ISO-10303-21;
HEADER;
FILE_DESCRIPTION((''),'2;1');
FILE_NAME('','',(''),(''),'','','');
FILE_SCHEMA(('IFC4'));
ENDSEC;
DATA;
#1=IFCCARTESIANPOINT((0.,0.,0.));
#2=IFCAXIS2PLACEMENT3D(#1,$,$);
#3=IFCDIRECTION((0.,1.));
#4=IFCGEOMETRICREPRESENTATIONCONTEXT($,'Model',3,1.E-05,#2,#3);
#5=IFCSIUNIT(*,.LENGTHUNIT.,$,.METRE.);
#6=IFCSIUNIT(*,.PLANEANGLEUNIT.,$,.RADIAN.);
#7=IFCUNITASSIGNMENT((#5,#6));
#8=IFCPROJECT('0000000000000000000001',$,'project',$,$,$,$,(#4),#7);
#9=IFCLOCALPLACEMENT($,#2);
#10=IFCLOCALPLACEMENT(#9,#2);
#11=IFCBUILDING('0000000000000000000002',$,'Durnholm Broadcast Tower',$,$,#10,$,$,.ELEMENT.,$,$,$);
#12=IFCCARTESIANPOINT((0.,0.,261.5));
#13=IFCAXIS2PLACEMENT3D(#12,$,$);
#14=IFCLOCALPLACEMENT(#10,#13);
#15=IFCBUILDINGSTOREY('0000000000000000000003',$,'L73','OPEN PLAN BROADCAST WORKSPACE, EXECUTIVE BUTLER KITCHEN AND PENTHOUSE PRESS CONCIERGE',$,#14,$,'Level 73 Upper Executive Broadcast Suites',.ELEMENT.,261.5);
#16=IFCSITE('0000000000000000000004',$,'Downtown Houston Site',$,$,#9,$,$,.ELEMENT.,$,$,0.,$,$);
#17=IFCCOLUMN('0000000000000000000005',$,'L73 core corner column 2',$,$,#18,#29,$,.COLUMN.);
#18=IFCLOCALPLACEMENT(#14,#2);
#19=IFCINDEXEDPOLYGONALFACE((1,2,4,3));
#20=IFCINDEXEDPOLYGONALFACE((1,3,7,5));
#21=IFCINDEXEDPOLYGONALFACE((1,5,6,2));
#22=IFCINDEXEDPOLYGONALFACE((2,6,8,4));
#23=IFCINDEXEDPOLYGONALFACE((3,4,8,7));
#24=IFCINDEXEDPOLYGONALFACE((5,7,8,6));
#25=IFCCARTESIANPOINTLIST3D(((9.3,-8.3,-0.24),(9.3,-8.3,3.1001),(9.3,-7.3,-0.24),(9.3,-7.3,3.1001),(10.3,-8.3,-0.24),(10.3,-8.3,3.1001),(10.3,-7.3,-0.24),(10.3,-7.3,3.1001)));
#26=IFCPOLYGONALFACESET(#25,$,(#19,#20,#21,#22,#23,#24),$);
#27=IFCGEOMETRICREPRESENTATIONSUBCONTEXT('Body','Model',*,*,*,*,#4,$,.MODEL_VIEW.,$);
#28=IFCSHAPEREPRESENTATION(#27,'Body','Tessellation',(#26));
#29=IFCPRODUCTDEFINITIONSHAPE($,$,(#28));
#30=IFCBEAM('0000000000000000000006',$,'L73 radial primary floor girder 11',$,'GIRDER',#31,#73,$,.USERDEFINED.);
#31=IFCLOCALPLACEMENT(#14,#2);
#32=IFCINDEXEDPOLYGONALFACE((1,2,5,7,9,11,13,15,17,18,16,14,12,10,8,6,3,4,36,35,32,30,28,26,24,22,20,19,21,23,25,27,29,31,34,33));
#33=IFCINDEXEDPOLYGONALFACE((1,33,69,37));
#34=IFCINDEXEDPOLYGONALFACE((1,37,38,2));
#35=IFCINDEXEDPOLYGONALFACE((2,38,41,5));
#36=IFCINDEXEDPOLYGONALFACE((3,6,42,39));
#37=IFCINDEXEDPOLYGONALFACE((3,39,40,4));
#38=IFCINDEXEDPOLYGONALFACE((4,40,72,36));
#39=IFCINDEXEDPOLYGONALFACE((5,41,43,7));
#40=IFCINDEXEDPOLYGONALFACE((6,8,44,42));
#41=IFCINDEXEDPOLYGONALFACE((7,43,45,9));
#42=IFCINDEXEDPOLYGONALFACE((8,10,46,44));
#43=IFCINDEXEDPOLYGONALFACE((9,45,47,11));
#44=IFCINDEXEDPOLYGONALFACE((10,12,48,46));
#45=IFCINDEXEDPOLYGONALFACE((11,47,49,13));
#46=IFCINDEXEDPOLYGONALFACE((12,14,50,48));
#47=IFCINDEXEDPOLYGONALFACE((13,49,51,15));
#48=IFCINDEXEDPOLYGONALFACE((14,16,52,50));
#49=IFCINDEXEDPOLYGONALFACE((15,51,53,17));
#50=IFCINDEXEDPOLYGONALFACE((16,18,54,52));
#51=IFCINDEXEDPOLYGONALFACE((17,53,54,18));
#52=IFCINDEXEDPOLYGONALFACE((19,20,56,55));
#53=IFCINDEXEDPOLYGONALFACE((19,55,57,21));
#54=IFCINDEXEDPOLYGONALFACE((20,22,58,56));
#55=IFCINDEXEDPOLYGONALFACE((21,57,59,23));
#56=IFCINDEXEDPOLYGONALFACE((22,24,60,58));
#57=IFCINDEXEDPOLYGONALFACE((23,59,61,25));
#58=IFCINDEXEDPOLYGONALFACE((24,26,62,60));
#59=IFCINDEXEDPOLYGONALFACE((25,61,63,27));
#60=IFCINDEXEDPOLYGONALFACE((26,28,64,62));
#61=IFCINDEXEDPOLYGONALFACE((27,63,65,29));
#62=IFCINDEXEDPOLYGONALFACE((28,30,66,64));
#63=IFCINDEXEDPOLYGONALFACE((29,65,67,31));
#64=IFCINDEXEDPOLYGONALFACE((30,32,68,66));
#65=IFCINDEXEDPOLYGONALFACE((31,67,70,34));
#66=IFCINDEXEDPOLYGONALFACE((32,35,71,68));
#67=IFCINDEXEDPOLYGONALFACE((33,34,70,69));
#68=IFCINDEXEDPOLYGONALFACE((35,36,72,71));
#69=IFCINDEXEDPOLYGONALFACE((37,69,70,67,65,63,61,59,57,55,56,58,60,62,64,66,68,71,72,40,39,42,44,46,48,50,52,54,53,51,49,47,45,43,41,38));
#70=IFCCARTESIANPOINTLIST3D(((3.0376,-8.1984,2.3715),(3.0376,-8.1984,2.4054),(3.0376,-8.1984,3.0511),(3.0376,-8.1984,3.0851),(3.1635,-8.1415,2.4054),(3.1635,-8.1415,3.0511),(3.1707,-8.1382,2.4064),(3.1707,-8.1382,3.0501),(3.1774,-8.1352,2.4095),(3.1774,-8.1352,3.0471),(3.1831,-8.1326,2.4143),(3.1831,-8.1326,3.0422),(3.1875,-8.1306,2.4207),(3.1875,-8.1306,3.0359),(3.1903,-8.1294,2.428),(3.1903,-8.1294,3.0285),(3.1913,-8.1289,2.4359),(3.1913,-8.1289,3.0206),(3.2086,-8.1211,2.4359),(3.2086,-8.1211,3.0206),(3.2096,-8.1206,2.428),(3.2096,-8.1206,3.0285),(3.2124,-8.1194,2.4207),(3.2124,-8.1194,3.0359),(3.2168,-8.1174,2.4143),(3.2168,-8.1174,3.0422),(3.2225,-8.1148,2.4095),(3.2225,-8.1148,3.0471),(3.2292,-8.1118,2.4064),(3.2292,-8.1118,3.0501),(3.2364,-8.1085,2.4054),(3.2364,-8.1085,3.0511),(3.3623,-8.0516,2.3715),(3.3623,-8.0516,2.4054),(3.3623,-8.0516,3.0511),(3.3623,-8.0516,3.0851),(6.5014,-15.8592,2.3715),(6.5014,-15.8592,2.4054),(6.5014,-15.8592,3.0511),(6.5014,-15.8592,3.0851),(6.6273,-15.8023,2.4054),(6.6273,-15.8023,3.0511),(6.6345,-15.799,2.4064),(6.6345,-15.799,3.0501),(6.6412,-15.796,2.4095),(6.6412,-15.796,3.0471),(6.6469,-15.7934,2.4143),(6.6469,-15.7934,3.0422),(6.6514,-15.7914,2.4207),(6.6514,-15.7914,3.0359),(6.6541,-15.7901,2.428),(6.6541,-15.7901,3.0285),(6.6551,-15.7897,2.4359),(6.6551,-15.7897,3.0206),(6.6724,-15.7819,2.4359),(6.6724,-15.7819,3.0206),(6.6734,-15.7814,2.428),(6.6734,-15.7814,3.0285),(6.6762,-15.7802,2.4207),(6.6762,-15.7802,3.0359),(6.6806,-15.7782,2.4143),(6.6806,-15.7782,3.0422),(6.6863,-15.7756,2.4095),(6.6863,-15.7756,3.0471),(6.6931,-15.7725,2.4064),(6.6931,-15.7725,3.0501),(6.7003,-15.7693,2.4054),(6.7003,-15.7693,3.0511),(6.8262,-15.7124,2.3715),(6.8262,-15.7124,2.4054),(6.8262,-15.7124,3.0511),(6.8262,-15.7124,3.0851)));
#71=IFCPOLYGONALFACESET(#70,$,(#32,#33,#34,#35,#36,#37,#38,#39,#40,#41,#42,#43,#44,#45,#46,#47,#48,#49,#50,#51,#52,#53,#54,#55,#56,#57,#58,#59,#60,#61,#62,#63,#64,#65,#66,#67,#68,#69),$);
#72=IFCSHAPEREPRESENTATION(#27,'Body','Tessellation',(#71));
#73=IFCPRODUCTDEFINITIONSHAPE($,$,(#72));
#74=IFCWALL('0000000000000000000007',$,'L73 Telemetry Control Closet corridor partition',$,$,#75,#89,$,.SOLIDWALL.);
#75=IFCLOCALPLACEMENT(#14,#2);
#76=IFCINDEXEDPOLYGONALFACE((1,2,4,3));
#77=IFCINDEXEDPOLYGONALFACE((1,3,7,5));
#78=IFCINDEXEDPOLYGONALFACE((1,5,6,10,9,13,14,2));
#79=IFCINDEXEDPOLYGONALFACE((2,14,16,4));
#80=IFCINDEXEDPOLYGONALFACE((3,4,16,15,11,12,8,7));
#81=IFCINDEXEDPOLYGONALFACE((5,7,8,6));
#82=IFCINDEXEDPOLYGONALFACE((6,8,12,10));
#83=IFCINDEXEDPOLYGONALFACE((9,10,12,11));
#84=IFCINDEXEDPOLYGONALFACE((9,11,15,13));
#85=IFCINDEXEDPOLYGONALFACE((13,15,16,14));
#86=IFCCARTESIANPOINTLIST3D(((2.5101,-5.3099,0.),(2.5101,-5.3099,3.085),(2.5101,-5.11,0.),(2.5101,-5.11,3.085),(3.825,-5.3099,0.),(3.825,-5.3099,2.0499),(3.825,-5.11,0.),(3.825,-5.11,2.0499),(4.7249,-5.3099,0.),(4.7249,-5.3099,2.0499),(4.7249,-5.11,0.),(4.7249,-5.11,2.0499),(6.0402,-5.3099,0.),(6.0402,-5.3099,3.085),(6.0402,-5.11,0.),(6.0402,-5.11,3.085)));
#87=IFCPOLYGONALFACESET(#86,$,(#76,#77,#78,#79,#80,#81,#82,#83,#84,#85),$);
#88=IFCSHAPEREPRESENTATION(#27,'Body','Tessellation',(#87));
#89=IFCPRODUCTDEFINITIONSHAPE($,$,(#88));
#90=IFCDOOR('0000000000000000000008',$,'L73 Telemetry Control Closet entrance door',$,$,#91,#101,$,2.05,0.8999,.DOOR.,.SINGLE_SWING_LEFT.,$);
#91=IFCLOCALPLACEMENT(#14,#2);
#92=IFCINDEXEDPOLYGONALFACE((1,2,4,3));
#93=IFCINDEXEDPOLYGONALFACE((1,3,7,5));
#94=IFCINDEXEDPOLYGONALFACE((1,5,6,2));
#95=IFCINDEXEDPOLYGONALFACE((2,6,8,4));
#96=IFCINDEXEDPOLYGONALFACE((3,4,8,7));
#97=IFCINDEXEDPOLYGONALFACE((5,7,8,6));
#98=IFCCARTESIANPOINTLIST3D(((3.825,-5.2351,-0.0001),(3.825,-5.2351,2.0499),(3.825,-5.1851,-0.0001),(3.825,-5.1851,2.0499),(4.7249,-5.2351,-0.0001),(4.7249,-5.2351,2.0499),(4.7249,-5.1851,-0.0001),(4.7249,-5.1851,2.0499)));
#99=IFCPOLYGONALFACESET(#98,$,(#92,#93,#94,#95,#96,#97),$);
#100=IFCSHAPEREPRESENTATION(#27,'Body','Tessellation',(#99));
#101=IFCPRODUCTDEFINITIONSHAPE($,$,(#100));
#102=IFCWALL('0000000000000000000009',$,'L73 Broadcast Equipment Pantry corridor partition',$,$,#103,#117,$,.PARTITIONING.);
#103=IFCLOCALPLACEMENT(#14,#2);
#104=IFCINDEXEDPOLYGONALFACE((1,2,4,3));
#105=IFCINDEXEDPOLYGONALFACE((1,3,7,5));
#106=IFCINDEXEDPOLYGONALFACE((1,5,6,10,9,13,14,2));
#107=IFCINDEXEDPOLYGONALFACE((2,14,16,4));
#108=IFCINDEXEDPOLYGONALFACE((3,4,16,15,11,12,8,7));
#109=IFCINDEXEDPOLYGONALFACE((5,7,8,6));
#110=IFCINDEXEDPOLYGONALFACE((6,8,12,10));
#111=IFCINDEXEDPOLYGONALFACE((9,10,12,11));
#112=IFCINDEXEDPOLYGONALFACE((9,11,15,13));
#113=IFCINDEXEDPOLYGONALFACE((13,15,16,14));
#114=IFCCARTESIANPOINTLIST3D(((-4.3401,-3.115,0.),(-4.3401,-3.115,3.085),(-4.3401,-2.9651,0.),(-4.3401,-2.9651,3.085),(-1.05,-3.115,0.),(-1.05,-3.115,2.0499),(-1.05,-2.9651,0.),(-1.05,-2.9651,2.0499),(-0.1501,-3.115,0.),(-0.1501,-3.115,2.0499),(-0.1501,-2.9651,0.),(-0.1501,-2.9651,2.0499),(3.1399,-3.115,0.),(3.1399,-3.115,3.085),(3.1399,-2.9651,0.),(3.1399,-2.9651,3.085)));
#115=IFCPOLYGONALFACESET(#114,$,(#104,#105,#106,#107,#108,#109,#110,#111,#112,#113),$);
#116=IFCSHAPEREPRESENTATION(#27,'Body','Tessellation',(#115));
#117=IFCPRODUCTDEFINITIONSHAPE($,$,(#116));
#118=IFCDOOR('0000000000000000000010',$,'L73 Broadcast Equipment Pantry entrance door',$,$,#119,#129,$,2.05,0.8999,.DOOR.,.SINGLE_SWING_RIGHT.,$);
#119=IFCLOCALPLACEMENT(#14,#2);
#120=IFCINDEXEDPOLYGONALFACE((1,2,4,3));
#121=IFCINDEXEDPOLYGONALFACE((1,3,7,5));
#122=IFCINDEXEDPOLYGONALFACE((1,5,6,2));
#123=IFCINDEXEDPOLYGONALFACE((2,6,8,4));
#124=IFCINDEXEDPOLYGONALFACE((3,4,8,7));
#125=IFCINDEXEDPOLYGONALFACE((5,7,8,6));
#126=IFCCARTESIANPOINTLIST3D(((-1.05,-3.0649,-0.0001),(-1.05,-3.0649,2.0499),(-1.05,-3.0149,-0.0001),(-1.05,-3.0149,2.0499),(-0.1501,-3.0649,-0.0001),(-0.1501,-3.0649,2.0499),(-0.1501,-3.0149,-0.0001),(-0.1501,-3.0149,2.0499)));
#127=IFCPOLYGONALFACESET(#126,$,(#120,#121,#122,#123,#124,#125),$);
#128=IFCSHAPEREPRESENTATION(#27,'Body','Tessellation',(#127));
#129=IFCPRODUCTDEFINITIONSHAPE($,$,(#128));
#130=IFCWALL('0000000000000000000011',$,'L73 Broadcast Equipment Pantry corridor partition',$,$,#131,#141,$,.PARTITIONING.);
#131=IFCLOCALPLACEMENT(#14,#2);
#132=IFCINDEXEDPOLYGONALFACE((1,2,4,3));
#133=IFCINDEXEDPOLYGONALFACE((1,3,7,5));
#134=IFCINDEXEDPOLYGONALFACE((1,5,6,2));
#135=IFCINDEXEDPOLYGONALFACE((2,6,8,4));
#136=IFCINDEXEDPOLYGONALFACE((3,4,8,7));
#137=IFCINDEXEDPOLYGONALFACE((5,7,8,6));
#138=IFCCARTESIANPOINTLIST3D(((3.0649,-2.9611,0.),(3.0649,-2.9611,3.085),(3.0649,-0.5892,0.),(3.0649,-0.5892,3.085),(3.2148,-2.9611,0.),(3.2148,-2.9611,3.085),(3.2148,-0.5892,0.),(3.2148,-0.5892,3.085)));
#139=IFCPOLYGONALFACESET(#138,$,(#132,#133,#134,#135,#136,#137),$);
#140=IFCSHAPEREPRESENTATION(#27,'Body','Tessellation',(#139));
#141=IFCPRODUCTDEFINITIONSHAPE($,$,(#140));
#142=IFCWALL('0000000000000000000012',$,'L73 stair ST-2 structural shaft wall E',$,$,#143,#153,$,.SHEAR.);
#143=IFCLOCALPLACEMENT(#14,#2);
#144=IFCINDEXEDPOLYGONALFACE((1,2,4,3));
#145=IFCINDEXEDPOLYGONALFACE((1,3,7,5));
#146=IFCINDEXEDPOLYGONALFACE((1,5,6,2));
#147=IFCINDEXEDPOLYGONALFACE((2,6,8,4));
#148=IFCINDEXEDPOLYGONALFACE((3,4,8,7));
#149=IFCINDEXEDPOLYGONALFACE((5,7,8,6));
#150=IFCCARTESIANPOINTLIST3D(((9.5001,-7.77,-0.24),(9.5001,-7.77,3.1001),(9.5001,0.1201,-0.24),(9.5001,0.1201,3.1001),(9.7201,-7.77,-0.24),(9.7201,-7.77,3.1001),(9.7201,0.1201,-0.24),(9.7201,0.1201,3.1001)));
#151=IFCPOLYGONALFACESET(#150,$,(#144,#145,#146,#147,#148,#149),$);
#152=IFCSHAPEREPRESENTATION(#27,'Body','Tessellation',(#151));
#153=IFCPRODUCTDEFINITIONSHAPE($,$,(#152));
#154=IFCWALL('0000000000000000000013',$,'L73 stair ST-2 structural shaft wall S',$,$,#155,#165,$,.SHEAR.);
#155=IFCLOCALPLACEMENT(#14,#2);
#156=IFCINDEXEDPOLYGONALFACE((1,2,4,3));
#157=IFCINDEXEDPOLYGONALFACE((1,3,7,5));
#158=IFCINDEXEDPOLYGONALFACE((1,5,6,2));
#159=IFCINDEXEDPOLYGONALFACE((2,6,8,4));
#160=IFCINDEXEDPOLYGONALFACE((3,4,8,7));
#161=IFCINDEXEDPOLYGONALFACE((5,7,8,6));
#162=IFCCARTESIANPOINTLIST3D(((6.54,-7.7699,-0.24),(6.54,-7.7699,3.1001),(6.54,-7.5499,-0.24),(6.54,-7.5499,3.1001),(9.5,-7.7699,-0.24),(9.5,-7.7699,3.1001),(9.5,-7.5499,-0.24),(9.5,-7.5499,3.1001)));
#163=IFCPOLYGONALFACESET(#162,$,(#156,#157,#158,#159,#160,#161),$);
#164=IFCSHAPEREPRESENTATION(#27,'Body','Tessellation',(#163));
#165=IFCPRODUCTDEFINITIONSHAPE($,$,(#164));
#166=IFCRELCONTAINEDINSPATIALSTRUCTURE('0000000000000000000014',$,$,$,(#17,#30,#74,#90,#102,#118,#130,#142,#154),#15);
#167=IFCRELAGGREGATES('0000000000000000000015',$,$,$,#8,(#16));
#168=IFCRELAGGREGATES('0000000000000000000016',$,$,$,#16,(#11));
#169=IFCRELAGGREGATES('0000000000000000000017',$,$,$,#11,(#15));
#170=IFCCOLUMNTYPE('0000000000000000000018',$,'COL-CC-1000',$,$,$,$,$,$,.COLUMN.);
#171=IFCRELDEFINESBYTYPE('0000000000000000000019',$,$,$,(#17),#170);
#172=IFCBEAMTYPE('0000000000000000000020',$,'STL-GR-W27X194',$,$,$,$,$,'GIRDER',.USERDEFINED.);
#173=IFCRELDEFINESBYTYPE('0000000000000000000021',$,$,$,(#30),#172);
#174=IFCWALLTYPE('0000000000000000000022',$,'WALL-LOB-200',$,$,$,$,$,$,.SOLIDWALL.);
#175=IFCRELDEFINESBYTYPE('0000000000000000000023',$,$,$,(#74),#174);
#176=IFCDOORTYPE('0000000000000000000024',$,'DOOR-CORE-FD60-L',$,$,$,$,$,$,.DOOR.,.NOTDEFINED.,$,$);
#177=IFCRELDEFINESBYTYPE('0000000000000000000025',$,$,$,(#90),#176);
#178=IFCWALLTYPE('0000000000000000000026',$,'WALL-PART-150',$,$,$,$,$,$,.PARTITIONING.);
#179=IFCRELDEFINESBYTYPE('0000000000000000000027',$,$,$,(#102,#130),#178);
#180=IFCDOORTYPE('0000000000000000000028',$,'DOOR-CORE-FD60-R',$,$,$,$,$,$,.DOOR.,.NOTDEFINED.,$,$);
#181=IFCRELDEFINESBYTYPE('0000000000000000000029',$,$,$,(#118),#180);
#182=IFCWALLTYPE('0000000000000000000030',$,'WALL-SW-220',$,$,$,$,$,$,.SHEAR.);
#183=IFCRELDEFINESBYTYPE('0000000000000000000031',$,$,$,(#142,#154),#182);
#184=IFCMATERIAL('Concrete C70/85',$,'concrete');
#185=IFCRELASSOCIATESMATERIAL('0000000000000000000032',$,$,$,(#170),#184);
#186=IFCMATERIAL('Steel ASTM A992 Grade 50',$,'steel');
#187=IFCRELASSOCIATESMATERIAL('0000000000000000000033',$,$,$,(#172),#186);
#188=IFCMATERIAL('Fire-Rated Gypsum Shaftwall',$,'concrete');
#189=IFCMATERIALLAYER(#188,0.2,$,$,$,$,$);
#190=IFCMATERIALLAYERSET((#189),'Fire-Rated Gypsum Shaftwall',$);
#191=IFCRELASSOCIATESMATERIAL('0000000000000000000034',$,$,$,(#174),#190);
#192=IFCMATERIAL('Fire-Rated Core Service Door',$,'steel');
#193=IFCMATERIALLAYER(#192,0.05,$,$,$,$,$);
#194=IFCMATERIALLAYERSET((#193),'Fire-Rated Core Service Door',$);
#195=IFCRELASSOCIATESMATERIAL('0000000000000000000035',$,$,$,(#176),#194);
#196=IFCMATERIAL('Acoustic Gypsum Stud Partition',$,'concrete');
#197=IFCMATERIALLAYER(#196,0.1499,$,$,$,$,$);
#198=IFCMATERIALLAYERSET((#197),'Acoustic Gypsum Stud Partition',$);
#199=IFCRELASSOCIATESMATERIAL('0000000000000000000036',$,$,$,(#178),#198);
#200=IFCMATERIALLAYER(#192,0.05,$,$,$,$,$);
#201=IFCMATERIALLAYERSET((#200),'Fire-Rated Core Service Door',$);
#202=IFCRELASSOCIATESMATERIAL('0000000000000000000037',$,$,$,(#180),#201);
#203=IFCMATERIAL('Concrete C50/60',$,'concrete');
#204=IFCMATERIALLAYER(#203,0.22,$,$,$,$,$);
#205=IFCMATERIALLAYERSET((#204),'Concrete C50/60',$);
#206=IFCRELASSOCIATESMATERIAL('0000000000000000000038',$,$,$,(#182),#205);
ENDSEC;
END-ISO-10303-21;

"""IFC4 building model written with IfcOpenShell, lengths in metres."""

from ifc_helpers import new_model, si_unit, direction, frame, frame_2d, origin, origin_2d, place, context, subcontext, project, spatial, rectangle, i_section, extrude, source, transform, mapped, material, layer, layer_set, material_profile, profile_set, type_object, type_shapes, element, fill, save


model = new_model("IFC4")

# Units and contexts
model_context = context("Model", 3, precision=1e-05, world=origin(), true_north=direction((0.0, 1.0)))
body_context = subcontext(model_context, "Body", "Model", "MODEL_VIEW")
ifc_project = project(units=[si_unit("LENGTHUNIT", "METRE"), si_unit("PLANEANGLEUNIT", "RADIAN")], contexts=[model_context])

# Site, building, storey
site_placement = place(None, origin())
site = spatial("IfcSite", under=ifc_project, at=site_placement, Name="Downtown Houston Site", CompositionType="ELEMENT", RefElevation=0.0)
building_placement = place(site_placement, origin())
building = spatial("IfcBuilding", under=site, at=building_placement, Name="Durnholm Broadcast Tower", CompositionType="ELEMENT")
storey_placement = place(building_placement, frame((0.0, 0.0, 261.5)))
storey = spatial("IfcBuildingStorey", under=building, at=storey_placement, Name="L73", Description="OPEN PLAN BROADCAST WORKSPACE, EXECUTIVE BUTLER KITCHEN AND PENTHOUSE PRESS CONCIERGE", LongName="Level 73 Upper Executive Broadcast Suites", CompositionType="ELEMENT", Elevation=261.5)

# Column
ifc_material_1 = material(Name="Concrete C70/85", Category="concrete")
ifc_material_profile_1 = material_profile(ifc_material_1, rectangle(XDim=1.0, YDim=1.0, at=origin_2d()), Name="RC1000X1000")
ifc_profile_set_1 = profile_set([ifc_material_profile_1], Name="Concrete C70/85")
column_type = type_object("IfcColumnType", Name="COL-CC-1000", PredefinedType="COLUMN", material=ifc_profile_set_1)
shared_shape_1 = source(origin(), body_context, "Body", "SweptSolid", [
    extrude(rectangle(XDim=1.0, YDim=1.0, at=origin_2d()), origin(), (0.0, 0.0, 1.0), 3.3401),
])
type_shapes(column_type, [shared_shape_1])
column_placement = place(storey_placement, frame((9.8, -7.8, -0.24), z_axis=(0.0, 0.0, 1.0), x_axis=(1.0, 0.0, 0.0)))
element("IfcColumn", 1, at=column_placement, inside=storey, type_object=column_type, Name="L73 core corner column 2", PredefinedType="COLUMN", context=body_context, shape_type="MappedRepresentation", body=[
    mapped(shared_shape_1, transform((0.0, 0.0, 0.0), x_axis=(1.0, 0.0, 0.0), y_axis=(0.0, 1.0, 0.0), z_axis=(0.0, 0.0, 1.0), scale=1.0)),
])

# Beam
ifc_material_2 = material(Name="Steel ASTM A992 Grade 50", Category="steel")
ifc_material_profile_2 = material_profile(ifc_material_2, i_section(OverallWidth=0.3564, OverallDepth=0.7136, WebThickness=0.019, FlangeThickness=0.0339, FilletRadius=0.0305, at=origin_2d()), Name="W27X194")
ifc_profile_set_2 = profile_set([ifc_material_profile_2], Name="Steel ASTM A992 Grade 50")
beam_type = type_object("IfcBeamType", Name="STL-GR-W27X194", ElementType="GIRDER", PredefinedType="USERDEFINED", material=ifc_profile_set_2)
shared_shape_2 = source(origin(), body_context, "Body", "SweptSolid", [
    extrude(i_section(OverallWidth=0.3564, OverallDepth=0.7136, WebThickness=0.019, FlangeThickness=0.0339, FilletRadius=0.0305, at=origin_2d()), origin(), (0.0, 0.0, 1.0), 8.4075),
])
type_shapes(beam_type, [shared_shape_2])
beam_placement = place(storey_placement, frame((3.2, -8.125, 2.7283), z_axis=(0.411993, -0.911187, 0.0), x_axis=(0.911187, 0.411993, 0.0)))
element("IfcBeam", 2, at=beam_placement, inside=storey, type_object=beam_type, Name="L73 radial primary floor girder 11", ObjectType="GIRDER", PredefinedType="USERDEFINED", context=body_context, shape_type="MappedRepresentation", body=[
    mapped(shared_shape_2, transform((0.0, 0.0, 0.0), x_axis=(1.0, 0.0, 0.0), y_axis=(0.0, 1.0, 0.0), z_axis=(0.0, 0.0, 1.0), scale=1.0)),
])

# Walls, openings, doors
ifc_material_3 = material(Name="Fire-Rated Gypsum Shaftwall", Category="concrete")
ifc_layer_1 = layer(ifc_material_3, 0.2)
ifc_layer_set_1 = layer_set([ifc_layer_1], Name="Fire-Rated Gypsum Shaftwall")
wall_type_1 = type_object("IfcWallType", Name="WALL-LOB-200", PredefinedType="SOLIDWALL", material=ifc_layer_set_1)
wall_1_placement = place(storey_placement, frame((2.51, -5.21, 0.0), z_axis=(0.0, 0.0, 1.0), x_axis=(1.0, 0.0, 0.0)))
wall_1 = element("IfcWall", 3, at=wall_1_placement, inside=storey, type_object=wall_type_1, Name="L73 Telemetry Control Closet corridor partition", PredefinedType="SOLIDWALL", context=body_context, shape_type="SweptSolid", body=[
    extrude(rectangle(XDim=3.53, YDim=0.2, at=frame_2d((1.7651, 0.0))), origin(), (0.0, 0.0, 1.0), 3.085),
])
opening_1_placement = place(wall_1_placement, frame((1.3149, 0.0, 0.0)))
opening_1 = element("IfcOpeningElement", 4, at=opening_1_placement, cuts=wall_1, PredefinedType="OPENING", context=body_context, shape_type="SweptSolid", body=[
    extrude(rectangle(XDim=0.8999, YDim=2.05, at=frame_2d((0.45, 1.0249))), frame((0.0, 0.1099, 0.0), z_axis=(0.0, -1.0, 0.0), x_axis=(1.0, 0.0, 0.0)), (0.0, 0.0, 1.0), 0.22),
])
ifc_material_4 = material(Name="Fire-Rated Core Service Door", Category="steel")
ifc_layer_2 = layer(ifc_material_4, 0.05)
ifc_layer_set_2 = layer_set([ifc_layer_2], Name="Fire-Rated Core Service Door")
door_type_1 = type_object("IfcDoorType", Name="DOOR-CORE-FD60-L", OperationType="NOTDEFINED", PredefinedType="DOOR", material=ifc_layer_set_2)
shared_shape_3 = source(origin(), body_context, "Body", "SweptSolid", [
    extrude(rectangle(XDim=0.8999, YDim=2.05, at=frame_2d((0.45, 1.0249))), frame((0.0, 0.0249, 0.0), z_axis=(0.0, -1.0, 0.0), x_axis=(1.0, 0.0, 0.0)), (0.0, 0.0, 1.0), 0.05),
])
type_shapes(door_type_1, [shared_shape_3])
door_1_placement = place(opening_1_placement, origin())
door_1 = element("IfcDoor", 5, at=door_1_placement, inside=storey, type_object=door_type_1, Name="L73 Telemetry Control Closet entrance door", OperationType="SINGLE_SWING_LEFT", OverallHeight=2.05, OverallWidth=0.8999, PredefinedType="DOOR", context=body_context, shape_type="MappedRepresentation", body=[
    mapped(shared_shape_3, transform((0.0, 0.0, 0.0), x_axis=(1.0, 0.0, 0.0), y_axis=(0.0, 1.0, 0.0), z_axis=(0.0, 0.0, 1.0), scale=1.0)),
])
fill(opening_1, door_1)
ifc_material_5 = material(Name="Acoustic Gypsum Stud Partition", Category="concrete")
ifc_layer_3 = layer(ifc_material_5, 0.1499)
ifc_layer_set_3 = layer_set([ifc_layer_3], Name="Acoustic Gypsum Stud Partition")
wall_type_2 = type_object("IfcWallType", Name="WALL-PART-150", PredefinedType="PARTITIONING", material=ifc_layer_set_3)
wall_2_placement = place(storey_placement, frame((3.1399, -3.04, 0.0), z_axis=(0.0, 0.0, 1.0), x_axis=(-1.0, 0.0, 0.0)))
wall_2 = element("IfcWall", 6, at=wall_2_placement, inside=storey, type_object=wall_type_2, Name="L73 Broadcast Equipment Pantry corridor partition", PredefinedType="PARTITIONING", context=body_context, shape_type="SweptSolid", body=[
    extrude(rectangle(XDim=7.48, YDim=0.1499, at=frame_2d((3.74, 0.0))), origin(), (0.0, 0.0, 1.0), 3.085),
])
opening_2_placement = place(wall_2_placement, frame((3.29, 0.0, 0.0)))
opening_2 = element("IfcOpeningElement", 7, at=opening_2_placement, cuts=wall_2, PredefinedType="OPENING", context=body_context, shape_type="SweptSolid", body=[
    extrude(rectangle(XDim=0.8999, YDim=2.05, at=frame_2d((0.45, 1.0249))), frame((0.0, 0.085, 0.0), z_axis=(0.0, -1.0, 0.0), x_axis=(1.0, 0.0, 0.0)), (0.0, 0.0, 1.0), 0.1699),
])
ifc_layer_4 = layer(ifc_material_4, 0.05)
ifc_layer_set_4 = layer_set([ifc_layer_4], Name="Fire-Rated Core Service Door")
door_type_2 = type_object("IfcDoorType", Name="DOOR-CORE-FD60-R", OperationType="NOTDEFINED", PredefinedType="DOOR", material=ifc_layer_set_4)
shared_shape_4 = source(origin(), body_context, "Body", "SweptSolid", [
    extrude(rectangle(XDim=0.8999, YDim=2.05, at=frame_2d((0.45, 1.0249))), frame((0.0, 0.0249, 0.0), z_axis=(0.0, -1.0, 0.0), x_axis=(1.0, 0.0, 0.0)), (0.0, 0.0, 1.0), 0.05),
])
type_shapes(door_type_2, [shared_shape_4])
door_2_placement = place(opening_2_placement, origin())
door_2 = element("IfcDoor", 8, at=door_2_placement, inside=storey, type_object=door_type_2, Name="L73 Broadcast Equipment Pantry entrance door", OperationType="SINGLE_SWING_RIGHT", OverallHeight=2.05, OverallWidth=0.8999, PredefinedType="DOOR", context=body_context, shape_type="MappedRepresentation", body=[
    mapped(shared_shape_4, transform((0.0, 0.0, 0.0), x_axis=(1.0, 0.0, 0.0), y_axis=(0.0, 1.0, 0.0), z_axis=(0.0, 0.0, 1.0), scale=1.0)),
])
fill(opening_2, door_2)

# Walls
wall_3_placement = place(storey_placement, frame((3.1399, -0.5891, 0.0), z_axis=(0.0, 0.0, 1.0), x_axis=(0.0, -1.0, 0.0)))
element("IfcWall", 9, at=wall_3_placement, inside=storey, type_object=wall_type_2, Name="L73 Broadcast Equipment Pantry corridor partition", PredefinedType="PARTITIONING", context=body_context, shape_type="SweptSolid", body=[
    extrude(rectangle(XDim=2.3718, YDim=0.1499, at=frame_2d((1.186, 0.0))), origin(), (0.0, 0.0, 1.0), 3.085),
])
ifc_material_6 = material(Name="Concrete C50/60", Category="concrete")
ifc_layer_5 = layer(ifc_material_6, 0.22)
ifc_layer_set_5 = layer_set([ifc_layer_5], Name="Concrete C50/60")
wall_type_3 = type_object("IfcWallType", Name="WALL-SW-220", PredefinedType="SHEAR", material=ifc_layer_set_5)
wall_4_placement = place(storey_placement, frame((9.6101, -7.77, -0.24), z_axis=(0.0, 0.0, 1.0), x_axis=(0.0, 1.0, 0.0)))
element("IfcWall", 10, at=wall_4_placement, inside=storey, type_object=wall_type_3, Name="L73 stair ST-2 structural shaft wall E", PredefinedType="SHEAR", context=body_context, shape_type="SweptSolid", body=[
    extrude(rectangle(XDim=7.8901, YDim=0.22, at=frame_2d((3.9451, 0.0))), origin(), (0.0, 0.0, 1.0), 3.3401),
])
wall_5_placement = place(storey_placement, frame((6.54, -7.6599, -0.24), z_axis=(0.0, 0.0, 1.0), x_axis=(1.0, 0.0, 0.0)))
element("IfcWall", 11, at=wall_5_placement, inside=storey, type_object=wall_type_3, Name="L73 stair ST-2 structural shaft wall S", PredefinedType="SHEAR", context=body_context, shape_type="SweptSolid", body=[
    extrude(rectangle(XDim=2.96, YDim=0.22, at=frame_2d((1.48, 0.0))), origin(), (0.0, 0.0, 1.0), 3.3401),
])

save(model, "model.ifc")
